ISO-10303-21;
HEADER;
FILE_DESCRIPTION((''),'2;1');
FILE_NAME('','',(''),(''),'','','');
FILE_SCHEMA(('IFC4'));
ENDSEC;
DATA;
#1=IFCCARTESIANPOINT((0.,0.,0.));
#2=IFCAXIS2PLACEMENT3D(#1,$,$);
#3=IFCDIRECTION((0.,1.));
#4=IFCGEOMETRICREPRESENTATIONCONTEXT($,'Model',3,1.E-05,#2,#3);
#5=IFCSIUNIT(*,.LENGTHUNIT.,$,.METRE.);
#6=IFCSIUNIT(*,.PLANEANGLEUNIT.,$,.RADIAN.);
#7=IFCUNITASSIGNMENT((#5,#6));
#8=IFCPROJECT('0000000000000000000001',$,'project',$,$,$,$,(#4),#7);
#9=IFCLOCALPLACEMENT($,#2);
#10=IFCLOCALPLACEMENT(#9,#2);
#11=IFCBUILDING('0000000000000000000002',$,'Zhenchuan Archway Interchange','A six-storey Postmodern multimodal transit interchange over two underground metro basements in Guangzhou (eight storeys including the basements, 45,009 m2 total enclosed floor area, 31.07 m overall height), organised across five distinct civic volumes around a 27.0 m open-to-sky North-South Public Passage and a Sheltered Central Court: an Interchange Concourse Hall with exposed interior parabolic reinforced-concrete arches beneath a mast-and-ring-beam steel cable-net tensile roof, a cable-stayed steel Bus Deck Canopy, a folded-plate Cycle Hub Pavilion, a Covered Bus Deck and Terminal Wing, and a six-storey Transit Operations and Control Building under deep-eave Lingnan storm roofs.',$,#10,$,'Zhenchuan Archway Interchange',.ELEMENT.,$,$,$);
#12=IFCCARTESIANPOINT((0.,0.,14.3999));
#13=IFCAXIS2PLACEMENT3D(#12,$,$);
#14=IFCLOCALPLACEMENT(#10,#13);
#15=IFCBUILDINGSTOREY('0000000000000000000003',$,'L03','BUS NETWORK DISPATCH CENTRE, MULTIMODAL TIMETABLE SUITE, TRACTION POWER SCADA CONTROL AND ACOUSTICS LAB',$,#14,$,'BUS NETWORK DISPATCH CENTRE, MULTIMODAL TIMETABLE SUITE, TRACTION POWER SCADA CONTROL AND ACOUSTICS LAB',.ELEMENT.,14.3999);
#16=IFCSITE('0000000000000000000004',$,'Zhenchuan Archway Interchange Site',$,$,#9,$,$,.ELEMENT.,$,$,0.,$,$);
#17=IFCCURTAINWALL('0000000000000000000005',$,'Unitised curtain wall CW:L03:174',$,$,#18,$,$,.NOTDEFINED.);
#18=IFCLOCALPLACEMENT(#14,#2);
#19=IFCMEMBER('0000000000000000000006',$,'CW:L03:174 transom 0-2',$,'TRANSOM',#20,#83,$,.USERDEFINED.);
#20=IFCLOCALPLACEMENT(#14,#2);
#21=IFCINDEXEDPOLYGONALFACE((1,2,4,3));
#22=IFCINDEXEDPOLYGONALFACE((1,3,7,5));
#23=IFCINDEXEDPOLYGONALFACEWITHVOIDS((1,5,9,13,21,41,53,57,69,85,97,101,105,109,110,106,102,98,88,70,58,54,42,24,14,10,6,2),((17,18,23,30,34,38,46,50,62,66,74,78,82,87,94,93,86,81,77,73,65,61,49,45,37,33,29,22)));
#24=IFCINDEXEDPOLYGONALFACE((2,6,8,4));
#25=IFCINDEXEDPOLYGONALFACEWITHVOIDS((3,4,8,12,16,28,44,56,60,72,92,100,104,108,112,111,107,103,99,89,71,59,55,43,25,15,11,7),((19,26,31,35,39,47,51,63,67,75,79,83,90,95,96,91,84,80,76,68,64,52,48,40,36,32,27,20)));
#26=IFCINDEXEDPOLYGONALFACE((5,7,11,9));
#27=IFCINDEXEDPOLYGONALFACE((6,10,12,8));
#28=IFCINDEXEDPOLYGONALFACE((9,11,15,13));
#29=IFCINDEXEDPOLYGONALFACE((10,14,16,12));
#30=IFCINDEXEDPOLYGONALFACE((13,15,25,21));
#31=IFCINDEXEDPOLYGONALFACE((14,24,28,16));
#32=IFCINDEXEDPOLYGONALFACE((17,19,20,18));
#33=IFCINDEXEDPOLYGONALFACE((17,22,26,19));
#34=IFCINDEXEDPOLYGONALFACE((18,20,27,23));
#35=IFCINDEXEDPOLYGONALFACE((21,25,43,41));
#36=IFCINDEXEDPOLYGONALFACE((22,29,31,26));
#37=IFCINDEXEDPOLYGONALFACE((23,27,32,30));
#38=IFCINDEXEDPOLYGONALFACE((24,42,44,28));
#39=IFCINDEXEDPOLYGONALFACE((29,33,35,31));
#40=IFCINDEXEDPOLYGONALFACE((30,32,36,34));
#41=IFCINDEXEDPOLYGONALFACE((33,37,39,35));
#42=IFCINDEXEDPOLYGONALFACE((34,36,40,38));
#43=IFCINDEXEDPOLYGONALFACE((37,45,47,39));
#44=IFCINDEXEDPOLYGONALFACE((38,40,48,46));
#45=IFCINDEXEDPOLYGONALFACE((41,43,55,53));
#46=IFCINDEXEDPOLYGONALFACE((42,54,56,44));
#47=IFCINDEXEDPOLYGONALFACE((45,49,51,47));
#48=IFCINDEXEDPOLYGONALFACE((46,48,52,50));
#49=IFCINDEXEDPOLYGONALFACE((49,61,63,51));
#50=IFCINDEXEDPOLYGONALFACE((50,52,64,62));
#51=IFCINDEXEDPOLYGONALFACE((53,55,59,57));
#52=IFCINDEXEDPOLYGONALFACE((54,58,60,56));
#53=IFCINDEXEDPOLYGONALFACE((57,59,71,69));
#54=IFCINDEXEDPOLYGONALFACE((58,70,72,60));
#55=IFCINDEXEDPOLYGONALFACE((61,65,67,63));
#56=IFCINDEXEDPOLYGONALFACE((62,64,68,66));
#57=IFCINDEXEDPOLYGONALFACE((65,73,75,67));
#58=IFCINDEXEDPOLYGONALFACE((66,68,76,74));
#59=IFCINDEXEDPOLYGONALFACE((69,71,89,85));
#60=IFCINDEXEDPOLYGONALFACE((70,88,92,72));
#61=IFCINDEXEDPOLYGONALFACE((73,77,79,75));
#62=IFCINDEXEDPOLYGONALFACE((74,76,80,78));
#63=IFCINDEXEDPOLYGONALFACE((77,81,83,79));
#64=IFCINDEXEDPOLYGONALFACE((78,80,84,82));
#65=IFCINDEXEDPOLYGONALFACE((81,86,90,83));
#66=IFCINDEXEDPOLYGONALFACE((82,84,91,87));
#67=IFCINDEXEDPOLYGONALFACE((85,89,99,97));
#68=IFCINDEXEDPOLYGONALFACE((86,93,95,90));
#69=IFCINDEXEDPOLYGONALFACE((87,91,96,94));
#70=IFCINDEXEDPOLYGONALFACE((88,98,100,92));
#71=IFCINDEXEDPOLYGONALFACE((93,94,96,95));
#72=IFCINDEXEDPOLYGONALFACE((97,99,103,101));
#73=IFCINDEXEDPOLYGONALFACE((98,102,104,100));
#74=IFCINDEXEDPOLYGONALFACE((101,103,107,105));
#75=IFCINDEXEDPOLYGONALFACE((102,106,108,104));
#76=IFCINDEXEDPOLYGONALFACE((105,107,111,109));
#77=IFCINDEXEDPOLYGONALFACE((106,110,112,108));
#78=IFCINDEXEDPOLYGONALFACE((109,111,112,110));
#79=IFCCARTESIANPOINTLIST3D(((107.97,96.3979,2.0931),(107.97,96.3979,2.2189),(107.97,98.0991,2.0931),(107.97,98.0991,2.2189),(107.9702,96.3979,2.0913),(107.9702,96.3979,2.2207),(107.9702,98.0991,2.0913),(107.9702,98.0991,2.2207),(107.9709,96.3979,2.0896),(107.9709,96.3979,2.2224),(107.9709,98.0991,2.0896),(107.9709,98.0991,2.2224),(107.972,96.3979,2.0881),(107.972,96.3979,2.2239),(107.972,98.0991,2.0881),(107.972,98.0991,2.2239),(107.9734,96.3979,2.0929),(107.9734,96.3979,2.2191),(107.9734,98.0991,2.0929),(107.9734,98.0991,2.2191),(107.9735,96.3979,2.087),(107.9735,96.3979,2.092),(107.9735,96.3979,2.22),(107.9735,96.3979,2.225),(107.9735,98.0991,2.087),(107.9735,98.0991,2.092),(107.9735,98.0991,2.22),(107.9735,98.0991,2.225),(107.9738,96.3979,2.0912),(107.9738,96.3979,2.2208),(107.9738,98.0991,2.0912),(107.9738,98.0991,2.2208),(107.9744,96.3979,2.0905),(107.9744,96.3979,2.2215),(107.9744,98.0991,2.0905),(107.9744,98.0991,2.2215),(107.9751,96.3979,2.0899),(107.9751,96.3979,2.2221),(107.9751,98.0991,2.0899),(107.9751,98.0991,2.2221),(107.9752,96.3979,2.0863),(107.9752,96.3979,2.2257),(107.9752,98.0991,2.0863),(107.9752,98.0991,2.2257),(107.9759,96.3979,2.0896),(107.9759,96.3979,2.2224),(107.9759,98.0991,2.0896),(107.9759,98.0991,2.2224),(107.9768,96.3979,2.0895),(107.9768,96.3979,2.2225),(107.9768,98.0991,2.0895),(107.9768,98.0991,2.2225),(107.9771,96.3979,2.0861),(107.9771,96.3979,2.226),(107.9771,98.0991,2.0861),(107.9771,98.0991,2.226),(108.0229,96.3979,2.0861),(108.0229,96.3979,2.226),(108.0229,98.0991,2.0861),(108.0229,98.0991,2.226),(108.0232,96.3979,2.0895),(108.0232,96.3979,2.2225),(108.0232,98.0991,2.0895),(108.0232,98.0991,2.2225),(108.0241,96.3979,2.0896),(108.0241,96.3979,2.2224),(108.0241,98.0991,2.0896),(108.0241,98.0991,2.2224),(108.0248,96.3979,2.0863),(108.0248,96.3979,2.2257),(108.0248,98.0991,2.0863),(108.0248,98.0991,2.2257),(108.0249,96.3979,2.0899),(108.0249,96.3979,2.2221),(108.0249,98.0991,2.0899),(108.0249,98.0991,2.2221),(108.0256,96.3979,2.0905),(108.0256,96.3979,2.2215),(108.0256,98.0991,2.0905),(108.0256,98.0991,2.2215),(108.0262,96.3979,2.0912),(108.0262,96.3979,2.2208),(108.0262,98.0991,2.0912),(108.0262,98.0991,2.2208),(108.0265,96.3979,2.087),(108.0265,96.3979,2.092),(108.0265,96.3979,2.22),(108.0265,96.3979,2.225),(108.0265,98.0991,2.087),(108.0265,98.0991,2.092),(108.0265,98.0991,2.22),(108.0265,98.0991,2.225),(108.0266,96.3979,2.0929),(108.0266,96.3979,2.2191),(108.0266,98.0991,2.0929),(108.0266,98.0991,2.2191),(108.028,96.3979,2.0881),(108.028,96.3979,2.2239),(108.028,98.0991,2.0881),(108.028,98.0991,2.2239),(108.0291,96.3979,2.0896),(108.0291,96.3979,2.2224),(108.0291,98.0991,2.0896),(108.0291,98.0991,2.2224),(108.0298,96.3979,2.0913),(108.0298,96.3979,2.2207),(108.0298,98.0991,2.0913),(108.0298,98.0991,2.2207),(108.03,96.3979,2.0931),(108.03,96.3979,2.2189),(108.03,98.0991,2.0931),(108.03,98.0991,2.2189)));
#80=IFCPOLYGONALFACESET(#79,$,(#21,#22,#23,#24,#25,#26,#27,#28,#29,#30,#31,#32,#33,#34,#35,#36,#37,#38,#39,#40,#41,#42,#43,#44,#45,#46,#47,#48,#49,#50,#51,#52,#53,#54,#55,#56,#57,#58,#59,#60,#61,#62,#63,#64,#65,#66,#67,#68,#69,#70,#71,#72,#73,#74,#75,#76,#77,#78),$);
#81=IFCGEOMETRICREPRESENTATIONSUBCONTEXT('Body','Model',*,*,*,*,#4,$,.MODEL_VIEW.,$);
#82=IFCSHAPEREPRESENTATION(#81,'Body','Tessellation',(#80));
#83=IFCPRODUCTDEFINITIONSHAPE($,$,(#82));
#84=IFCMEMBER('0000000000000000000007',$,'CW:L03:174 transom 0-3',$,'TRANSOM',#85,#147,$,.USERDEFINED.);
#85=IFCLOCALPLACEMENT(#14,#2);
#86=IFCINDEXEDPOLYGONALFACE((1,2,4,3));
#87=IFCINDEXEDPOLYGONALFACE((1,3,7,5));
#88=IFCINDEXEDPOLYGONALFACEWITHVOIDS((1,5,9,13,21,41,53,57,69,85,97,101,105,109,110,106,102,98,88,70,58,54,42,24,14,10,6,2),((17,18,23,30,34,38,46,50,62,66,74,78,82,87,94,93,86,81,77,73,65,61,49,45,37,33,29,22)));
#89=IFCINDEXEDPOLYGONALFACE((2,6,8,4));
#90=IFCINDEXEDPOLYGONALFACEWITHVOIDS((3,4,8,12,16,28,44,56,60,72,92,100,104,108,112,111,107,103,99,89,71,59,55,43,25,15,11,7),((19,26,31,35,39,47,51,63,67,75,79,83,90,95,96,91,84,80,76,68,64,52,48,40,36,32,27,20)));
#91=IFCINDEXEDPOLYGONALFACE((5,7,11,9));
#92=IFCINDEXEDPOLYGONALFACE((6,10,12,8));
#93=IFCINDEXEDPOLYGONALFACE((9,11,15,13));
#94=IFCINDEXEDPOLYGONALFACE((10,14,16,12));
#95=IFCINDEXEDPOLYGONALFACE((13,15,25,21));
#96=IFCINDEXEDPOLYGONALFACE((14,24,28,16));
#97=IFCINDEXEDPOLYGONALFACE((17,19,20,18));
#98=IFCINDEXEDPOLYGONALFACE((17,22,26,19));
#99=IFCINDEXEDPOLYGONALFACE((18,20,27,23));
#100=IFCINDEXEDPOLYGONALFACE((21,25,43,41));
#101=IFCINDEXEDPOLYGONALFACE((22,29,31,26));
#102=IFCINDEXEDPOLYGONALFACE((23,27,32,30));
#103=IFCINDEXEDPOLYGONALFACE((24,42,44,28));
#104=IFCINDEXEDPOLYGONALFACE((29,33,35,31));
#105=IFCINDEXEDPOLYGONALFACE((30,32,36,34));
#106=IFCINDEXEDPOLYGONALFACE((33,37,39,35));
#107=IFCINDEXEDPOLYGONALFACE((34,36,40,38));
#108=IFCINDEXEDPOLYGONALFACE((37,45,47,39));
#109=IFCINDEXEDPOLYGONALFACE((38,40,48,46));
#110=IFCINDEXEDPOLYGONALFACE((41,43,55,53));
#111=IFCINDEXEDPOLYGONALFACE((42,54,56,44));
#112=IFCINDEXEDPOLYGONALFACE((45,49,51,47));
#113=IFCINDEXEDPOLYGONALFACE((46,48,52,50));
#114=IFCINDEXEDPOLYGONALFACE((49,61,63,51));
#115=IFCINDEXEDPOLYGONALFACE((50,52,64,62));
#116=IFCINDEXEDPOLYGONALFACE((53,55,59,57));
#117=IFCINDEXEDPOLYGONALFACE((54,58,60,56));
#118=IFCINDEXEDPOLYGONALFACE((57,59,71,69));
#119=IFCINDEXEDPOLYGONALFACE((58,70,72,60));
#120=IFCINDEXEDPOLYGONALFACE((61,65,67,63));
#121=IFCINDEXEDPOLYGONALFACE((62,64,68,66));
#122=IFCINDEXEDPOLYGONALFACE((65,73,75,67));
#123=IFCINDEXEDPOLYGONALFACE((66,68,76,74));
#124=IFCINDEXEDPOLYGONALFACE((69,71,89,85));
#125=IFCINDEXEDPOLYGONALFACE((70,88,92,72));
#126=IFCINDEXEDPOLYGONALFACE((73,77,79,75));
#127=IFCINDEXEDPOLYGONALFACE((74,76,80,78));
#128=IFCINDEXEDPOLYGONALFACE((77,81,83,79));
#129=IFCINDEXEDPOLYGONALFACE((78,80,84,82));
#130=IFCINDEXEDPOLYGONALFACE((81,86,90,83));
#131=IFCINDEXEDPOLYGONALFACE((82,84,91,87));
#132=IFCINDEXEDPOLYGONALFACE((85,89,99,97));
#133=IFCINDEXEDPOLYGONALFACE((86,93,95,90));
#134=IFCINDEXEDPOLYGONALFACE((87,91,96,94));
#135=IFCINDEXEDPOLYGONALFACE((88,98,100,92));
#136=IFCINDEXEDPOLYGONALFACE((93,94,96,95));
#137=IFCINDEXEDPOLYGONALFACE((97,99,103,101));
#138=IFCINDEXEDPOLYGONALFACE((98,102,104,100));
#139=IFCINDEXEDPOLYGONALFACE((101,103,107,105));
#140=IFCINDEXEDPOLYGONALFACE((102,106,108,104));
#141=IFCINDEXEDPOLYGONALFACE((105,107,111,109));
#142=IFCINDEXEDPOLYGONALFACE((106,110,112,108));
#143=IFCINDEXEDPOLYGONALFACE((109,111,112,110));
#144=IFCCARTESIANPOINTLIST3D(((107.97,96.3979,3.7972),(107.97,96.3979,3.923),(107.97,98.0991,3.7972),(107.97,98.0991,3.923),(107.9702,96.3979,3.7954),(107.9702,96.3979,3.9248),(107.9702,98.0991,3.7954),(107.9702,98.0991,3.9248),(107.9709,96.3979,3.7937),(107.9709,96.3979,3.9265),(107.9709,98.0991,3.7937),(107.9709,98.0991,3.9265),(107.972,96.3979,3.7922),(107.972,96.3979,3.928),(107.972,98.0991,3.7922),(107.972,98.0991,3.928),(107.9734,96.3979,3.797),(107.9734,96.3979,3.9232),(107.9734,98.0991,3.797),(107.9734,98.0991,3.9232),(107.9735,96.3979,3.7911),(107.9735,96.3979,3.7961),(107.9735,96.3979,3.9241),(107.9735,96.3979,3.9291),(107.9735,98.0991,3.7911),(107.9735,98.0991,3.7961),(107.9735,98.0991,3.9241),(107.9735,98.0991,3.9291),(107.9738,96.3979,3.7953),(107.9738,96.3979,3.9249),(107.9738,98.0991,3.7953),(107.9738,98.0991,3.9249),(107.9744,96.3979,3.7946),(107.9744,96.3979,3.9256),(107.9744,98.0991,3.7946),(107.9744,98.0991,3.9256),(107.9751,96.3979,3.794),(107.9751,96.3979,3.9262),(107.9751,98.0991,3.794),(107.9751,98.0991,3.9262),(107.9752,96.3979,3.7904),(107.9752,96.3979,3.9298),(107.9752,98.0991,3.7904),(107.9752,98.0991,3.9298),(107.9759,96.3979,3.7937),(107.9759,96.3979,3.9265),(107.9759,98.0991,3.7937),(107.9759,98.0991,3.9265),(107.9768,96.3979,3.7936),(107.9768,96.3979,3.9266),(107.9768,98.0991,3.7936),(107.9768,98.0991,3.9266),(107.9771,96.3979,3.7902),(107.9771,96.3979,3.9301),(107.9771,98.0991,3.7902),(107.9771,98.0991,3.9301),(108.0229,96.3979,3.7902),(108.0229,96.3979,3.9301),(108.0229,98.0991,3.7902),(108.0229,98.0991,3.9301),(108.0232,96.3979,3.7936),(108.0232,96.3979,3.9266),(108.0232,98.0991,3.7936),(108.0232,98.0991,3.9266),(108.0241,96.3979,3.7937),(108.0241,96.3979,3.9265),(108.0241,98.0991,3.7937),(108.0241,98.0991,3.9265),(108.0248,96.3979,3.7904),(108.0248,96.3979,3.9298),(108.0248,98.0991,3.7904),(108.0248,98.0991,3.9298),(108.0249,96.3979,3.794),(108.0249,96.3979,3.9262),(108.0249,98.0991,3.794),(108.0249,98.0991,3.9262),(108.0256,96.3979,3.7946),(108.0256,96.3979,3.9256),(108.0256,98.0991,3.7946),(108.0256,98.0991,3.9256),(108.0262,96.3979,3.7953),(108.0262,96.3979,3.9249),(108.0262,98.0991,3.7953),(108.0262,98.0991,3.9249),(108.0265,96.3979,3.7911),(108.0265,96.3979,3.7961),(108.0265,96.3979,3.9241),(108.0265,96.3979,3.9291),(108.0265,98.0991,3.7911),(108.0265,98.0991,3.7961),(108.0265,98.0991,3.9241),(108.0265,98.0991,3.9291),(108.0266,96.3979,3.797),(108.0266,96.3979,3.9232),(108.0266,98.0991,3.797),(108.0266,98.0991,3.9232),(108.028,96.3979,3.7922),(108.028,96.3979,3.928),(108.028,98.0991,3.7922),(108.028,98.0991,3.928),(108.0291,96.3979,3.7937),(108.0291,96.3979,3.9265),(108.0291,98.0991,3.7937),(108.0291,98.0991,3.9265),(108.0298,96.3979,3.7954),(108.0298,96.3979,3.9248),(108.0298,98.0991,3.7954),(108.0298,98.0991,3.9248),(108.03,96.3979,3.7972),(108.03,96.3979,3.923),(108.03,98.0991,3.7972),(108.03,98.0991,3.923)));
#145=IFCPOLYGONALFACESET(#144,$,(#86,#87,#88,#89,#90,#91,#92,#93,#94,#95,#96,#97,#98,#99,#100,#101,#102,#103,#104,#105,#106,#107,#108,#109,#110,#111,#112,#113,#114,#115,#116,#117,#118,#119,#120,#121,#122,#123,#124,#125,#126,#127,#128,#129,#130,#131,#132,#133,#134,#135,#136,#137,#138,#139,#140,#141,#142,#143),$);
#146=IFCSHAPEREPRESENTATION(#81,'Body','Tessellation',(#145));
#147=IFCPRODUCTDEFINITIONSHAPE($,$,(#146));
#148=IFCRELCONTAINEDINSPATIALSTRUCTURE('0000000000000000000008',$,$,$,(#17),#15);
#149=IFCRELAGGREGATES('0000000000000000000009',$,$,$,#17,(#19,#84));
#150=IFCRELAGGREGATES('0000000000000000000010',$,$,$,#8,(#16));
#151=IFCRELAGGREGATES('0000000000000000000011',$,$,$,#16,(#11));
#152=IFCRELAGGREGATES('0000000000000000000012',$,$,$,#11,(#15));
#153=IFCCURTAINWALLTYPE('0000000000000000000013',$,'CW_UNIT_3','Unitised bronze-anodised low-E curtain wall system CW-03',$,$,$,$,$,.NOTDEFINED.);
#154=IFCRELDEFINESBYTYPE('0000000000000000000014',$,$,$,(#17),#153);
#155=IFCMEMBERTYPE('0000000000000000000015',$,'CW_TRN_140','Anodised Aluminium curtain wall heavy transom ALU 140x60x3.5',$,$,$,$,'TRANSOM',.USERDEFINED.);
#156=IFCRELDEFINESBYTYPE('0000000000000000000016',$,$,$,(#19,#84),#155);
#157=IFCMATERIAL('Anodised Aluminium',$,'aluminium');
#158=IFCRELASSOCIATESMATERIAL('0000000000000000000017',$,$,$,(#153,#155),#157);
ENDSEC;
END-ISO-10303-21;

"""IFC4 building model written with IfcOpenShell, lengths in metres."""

from ifc_helpers import new_model, si_unit, direction, frame, origin, origin_2d, place, context, subcontext, project, spatial, hollow_rectangle, extrude, material, material_profile, profile_set, type_object, element, aggregate, save


model = new_model("IFC4")

# Units and contexts
model_context = context("Model", 3, precision=1e-05, world=origin(), true_north=direction((0.0, 1.0)))
body_context = subcontext(model_context, "Body", "Model", "MODEL_VIEW")
ifc_project = project(units=[si_unit("LENGTHUNIT", "METRE"), si_unit("PLANEANGLEUNIT", "RADIAN")], contexts=[model_context])

# Site, building, storey
site_placement = place(None, origin())
site = spatial("IfcSite", under=ifc_project, at=site_placement, Name="Zhenchuan Archway Interchange Site", CompositionType="ELEMENT", RefElevation=0.0)
building_placement = place(site_placement, origin())
building = spatial("IfcBuilding", under=site, at=building_placement, Name="Zhenchuan Archway Interchange", Description="A six-storey Postmodern multimodal transit interchange over two underground metro basements in Guangzhou (eight storeys including the basements, 45,009 m2 total enclosed floor area, 31.07 m overall height), organised across five distinct civic volumes around a 27.0 m open-to-sky North-South Public Passage and a Sheltered Central Court: an Interchange Concourse Hall with exposed interior parabolic reinforced-concrete arches beneath a mast-and-ring-beam steel cable-net tensile roof, a cable-stayed steel Bus Deck Canopy, a folded-plate Cycle Hub Pavilion, a Covered Bus Deck and Terminal Wing, and a six-storey Transit Operations and Control Building under deep-eave Lingnan storm roofs.", LongName="Zhenchuan Archway Interchange", CompositionType="ELEMENT")
storey_placement = place(building_placement, frame((0.0, 0.0, 14.3999)))
storey = spatial("IfcBuildingStorey", under=building, at=storey_placement, Name="L03", Description="BUS NETWORK DISPATCH CENTRE, MULTIMODAL TIMETABLE SUITE, TRACTION POWER SCADA CONTROL AND ACOUSTICS LAB", LongName="BUS NETWORK DISPATCH CENTRE, MULTIMODAL TIMETABLE SUITE, TRACTION POWER SCADA CONTROL AND ACOUSTICS LAB", CompositionType="ELEMENT", Elevation=14.3999)

# Curtain wall, members
ifc_material_1 = material(Name="Anodised Aluminium", Category="aluminium")
curtain_wall_type = type_object("IfcCurtainWallType", Name="CW_UNIT_3", Description="Unitised bronze-anodised low-E curtain wall system CW-03", PredefinedType="NOTDEFINED", material=ifc_material_1)
curtain_wall_placement = place(storey_placement, origin())
curtain_wall = element("IfcCurtainWall", 1, at=curtain_wall_placement, inside=storey, type_object=curtain_wall_type, Name="Unitised curtain wall CW:L03:174", PredefinedType="NOTDEFINED")
ifc_material_profile_1 = material_profile(ifc_material_1, hollow_rectangle(XDim=0.0601, YDim=0.1399, WallThickness=0.0034, InnerFilletRadius=0.0034, OuterFilletRadius=0.0071, at=origin_2d()), Name="ALU 140x60x3.5")
ifc_profile_set_1 = profile_set([ifc_material_profile_1], Name="Anodised Aluminium")
member_type_1 = type_object("IfcMemberType", Name="CW_TRN_140", Description="Anodised Aluminium curtain wall heavy transom ALU 140x60x3.5", ElementType="TRANSOM", PredefinedType="USERDEFINED", material=ifc_profile_set_1)
member_1_placement = place(storey_placement, frame((108.0, 96.3979, 2.156), z_axis=(0.0, 1.0, 0.0), x_axis=(-1.0, 0.0, 0.0)))
member_1 = element("IfcMember", 2, at=member_1_placement, type_object=member_type_1, Name="CW:L03:174 transom 0-2", ObjectType="TRANSOM", PredefinedType="USERDEFINED", context=body_context, shape_type="SweptSolid", body=[
    extrude(hollow_rectangle(XDim=0.0601, YDim=0.1399, WallThickness=0.0034, InnerFilletRadius=0.0034, OuterFilletRadius=0.0071, at=origin_2d()), origin(), (0.0, 0.0, 1.0), 1.7012),
])
member_2_placement = place(storey_placement, frame((108.0, 96.3979, 3.8601), z_axis=(0.0, 1.0, 0.0), x_axis=(-1.0, 0.0, 0.0)))
member_2 = element("IfcMember", 3, at=member_2_placement, type_object=member_type_1, Name="CW:L03:174 transom 0-3", ObjectType="TRANSOM", PredefinedType="USERDEFINED", context=body_context, shape_type="SweptSolid", body=[
    extrude(hollow_rectangle(XDim=0.0601, YDim=0.1399, WallThickness=0.0034, InnerFilletRadius=0.0034, OuterFilletRadius=0.0071, at=origin_2d()), origin(), (0.0, 0.0, 1.0), 1.7012),
])

aggregate(curtain_wall, [member_1, member_2])

save(model, "model.ifc")
